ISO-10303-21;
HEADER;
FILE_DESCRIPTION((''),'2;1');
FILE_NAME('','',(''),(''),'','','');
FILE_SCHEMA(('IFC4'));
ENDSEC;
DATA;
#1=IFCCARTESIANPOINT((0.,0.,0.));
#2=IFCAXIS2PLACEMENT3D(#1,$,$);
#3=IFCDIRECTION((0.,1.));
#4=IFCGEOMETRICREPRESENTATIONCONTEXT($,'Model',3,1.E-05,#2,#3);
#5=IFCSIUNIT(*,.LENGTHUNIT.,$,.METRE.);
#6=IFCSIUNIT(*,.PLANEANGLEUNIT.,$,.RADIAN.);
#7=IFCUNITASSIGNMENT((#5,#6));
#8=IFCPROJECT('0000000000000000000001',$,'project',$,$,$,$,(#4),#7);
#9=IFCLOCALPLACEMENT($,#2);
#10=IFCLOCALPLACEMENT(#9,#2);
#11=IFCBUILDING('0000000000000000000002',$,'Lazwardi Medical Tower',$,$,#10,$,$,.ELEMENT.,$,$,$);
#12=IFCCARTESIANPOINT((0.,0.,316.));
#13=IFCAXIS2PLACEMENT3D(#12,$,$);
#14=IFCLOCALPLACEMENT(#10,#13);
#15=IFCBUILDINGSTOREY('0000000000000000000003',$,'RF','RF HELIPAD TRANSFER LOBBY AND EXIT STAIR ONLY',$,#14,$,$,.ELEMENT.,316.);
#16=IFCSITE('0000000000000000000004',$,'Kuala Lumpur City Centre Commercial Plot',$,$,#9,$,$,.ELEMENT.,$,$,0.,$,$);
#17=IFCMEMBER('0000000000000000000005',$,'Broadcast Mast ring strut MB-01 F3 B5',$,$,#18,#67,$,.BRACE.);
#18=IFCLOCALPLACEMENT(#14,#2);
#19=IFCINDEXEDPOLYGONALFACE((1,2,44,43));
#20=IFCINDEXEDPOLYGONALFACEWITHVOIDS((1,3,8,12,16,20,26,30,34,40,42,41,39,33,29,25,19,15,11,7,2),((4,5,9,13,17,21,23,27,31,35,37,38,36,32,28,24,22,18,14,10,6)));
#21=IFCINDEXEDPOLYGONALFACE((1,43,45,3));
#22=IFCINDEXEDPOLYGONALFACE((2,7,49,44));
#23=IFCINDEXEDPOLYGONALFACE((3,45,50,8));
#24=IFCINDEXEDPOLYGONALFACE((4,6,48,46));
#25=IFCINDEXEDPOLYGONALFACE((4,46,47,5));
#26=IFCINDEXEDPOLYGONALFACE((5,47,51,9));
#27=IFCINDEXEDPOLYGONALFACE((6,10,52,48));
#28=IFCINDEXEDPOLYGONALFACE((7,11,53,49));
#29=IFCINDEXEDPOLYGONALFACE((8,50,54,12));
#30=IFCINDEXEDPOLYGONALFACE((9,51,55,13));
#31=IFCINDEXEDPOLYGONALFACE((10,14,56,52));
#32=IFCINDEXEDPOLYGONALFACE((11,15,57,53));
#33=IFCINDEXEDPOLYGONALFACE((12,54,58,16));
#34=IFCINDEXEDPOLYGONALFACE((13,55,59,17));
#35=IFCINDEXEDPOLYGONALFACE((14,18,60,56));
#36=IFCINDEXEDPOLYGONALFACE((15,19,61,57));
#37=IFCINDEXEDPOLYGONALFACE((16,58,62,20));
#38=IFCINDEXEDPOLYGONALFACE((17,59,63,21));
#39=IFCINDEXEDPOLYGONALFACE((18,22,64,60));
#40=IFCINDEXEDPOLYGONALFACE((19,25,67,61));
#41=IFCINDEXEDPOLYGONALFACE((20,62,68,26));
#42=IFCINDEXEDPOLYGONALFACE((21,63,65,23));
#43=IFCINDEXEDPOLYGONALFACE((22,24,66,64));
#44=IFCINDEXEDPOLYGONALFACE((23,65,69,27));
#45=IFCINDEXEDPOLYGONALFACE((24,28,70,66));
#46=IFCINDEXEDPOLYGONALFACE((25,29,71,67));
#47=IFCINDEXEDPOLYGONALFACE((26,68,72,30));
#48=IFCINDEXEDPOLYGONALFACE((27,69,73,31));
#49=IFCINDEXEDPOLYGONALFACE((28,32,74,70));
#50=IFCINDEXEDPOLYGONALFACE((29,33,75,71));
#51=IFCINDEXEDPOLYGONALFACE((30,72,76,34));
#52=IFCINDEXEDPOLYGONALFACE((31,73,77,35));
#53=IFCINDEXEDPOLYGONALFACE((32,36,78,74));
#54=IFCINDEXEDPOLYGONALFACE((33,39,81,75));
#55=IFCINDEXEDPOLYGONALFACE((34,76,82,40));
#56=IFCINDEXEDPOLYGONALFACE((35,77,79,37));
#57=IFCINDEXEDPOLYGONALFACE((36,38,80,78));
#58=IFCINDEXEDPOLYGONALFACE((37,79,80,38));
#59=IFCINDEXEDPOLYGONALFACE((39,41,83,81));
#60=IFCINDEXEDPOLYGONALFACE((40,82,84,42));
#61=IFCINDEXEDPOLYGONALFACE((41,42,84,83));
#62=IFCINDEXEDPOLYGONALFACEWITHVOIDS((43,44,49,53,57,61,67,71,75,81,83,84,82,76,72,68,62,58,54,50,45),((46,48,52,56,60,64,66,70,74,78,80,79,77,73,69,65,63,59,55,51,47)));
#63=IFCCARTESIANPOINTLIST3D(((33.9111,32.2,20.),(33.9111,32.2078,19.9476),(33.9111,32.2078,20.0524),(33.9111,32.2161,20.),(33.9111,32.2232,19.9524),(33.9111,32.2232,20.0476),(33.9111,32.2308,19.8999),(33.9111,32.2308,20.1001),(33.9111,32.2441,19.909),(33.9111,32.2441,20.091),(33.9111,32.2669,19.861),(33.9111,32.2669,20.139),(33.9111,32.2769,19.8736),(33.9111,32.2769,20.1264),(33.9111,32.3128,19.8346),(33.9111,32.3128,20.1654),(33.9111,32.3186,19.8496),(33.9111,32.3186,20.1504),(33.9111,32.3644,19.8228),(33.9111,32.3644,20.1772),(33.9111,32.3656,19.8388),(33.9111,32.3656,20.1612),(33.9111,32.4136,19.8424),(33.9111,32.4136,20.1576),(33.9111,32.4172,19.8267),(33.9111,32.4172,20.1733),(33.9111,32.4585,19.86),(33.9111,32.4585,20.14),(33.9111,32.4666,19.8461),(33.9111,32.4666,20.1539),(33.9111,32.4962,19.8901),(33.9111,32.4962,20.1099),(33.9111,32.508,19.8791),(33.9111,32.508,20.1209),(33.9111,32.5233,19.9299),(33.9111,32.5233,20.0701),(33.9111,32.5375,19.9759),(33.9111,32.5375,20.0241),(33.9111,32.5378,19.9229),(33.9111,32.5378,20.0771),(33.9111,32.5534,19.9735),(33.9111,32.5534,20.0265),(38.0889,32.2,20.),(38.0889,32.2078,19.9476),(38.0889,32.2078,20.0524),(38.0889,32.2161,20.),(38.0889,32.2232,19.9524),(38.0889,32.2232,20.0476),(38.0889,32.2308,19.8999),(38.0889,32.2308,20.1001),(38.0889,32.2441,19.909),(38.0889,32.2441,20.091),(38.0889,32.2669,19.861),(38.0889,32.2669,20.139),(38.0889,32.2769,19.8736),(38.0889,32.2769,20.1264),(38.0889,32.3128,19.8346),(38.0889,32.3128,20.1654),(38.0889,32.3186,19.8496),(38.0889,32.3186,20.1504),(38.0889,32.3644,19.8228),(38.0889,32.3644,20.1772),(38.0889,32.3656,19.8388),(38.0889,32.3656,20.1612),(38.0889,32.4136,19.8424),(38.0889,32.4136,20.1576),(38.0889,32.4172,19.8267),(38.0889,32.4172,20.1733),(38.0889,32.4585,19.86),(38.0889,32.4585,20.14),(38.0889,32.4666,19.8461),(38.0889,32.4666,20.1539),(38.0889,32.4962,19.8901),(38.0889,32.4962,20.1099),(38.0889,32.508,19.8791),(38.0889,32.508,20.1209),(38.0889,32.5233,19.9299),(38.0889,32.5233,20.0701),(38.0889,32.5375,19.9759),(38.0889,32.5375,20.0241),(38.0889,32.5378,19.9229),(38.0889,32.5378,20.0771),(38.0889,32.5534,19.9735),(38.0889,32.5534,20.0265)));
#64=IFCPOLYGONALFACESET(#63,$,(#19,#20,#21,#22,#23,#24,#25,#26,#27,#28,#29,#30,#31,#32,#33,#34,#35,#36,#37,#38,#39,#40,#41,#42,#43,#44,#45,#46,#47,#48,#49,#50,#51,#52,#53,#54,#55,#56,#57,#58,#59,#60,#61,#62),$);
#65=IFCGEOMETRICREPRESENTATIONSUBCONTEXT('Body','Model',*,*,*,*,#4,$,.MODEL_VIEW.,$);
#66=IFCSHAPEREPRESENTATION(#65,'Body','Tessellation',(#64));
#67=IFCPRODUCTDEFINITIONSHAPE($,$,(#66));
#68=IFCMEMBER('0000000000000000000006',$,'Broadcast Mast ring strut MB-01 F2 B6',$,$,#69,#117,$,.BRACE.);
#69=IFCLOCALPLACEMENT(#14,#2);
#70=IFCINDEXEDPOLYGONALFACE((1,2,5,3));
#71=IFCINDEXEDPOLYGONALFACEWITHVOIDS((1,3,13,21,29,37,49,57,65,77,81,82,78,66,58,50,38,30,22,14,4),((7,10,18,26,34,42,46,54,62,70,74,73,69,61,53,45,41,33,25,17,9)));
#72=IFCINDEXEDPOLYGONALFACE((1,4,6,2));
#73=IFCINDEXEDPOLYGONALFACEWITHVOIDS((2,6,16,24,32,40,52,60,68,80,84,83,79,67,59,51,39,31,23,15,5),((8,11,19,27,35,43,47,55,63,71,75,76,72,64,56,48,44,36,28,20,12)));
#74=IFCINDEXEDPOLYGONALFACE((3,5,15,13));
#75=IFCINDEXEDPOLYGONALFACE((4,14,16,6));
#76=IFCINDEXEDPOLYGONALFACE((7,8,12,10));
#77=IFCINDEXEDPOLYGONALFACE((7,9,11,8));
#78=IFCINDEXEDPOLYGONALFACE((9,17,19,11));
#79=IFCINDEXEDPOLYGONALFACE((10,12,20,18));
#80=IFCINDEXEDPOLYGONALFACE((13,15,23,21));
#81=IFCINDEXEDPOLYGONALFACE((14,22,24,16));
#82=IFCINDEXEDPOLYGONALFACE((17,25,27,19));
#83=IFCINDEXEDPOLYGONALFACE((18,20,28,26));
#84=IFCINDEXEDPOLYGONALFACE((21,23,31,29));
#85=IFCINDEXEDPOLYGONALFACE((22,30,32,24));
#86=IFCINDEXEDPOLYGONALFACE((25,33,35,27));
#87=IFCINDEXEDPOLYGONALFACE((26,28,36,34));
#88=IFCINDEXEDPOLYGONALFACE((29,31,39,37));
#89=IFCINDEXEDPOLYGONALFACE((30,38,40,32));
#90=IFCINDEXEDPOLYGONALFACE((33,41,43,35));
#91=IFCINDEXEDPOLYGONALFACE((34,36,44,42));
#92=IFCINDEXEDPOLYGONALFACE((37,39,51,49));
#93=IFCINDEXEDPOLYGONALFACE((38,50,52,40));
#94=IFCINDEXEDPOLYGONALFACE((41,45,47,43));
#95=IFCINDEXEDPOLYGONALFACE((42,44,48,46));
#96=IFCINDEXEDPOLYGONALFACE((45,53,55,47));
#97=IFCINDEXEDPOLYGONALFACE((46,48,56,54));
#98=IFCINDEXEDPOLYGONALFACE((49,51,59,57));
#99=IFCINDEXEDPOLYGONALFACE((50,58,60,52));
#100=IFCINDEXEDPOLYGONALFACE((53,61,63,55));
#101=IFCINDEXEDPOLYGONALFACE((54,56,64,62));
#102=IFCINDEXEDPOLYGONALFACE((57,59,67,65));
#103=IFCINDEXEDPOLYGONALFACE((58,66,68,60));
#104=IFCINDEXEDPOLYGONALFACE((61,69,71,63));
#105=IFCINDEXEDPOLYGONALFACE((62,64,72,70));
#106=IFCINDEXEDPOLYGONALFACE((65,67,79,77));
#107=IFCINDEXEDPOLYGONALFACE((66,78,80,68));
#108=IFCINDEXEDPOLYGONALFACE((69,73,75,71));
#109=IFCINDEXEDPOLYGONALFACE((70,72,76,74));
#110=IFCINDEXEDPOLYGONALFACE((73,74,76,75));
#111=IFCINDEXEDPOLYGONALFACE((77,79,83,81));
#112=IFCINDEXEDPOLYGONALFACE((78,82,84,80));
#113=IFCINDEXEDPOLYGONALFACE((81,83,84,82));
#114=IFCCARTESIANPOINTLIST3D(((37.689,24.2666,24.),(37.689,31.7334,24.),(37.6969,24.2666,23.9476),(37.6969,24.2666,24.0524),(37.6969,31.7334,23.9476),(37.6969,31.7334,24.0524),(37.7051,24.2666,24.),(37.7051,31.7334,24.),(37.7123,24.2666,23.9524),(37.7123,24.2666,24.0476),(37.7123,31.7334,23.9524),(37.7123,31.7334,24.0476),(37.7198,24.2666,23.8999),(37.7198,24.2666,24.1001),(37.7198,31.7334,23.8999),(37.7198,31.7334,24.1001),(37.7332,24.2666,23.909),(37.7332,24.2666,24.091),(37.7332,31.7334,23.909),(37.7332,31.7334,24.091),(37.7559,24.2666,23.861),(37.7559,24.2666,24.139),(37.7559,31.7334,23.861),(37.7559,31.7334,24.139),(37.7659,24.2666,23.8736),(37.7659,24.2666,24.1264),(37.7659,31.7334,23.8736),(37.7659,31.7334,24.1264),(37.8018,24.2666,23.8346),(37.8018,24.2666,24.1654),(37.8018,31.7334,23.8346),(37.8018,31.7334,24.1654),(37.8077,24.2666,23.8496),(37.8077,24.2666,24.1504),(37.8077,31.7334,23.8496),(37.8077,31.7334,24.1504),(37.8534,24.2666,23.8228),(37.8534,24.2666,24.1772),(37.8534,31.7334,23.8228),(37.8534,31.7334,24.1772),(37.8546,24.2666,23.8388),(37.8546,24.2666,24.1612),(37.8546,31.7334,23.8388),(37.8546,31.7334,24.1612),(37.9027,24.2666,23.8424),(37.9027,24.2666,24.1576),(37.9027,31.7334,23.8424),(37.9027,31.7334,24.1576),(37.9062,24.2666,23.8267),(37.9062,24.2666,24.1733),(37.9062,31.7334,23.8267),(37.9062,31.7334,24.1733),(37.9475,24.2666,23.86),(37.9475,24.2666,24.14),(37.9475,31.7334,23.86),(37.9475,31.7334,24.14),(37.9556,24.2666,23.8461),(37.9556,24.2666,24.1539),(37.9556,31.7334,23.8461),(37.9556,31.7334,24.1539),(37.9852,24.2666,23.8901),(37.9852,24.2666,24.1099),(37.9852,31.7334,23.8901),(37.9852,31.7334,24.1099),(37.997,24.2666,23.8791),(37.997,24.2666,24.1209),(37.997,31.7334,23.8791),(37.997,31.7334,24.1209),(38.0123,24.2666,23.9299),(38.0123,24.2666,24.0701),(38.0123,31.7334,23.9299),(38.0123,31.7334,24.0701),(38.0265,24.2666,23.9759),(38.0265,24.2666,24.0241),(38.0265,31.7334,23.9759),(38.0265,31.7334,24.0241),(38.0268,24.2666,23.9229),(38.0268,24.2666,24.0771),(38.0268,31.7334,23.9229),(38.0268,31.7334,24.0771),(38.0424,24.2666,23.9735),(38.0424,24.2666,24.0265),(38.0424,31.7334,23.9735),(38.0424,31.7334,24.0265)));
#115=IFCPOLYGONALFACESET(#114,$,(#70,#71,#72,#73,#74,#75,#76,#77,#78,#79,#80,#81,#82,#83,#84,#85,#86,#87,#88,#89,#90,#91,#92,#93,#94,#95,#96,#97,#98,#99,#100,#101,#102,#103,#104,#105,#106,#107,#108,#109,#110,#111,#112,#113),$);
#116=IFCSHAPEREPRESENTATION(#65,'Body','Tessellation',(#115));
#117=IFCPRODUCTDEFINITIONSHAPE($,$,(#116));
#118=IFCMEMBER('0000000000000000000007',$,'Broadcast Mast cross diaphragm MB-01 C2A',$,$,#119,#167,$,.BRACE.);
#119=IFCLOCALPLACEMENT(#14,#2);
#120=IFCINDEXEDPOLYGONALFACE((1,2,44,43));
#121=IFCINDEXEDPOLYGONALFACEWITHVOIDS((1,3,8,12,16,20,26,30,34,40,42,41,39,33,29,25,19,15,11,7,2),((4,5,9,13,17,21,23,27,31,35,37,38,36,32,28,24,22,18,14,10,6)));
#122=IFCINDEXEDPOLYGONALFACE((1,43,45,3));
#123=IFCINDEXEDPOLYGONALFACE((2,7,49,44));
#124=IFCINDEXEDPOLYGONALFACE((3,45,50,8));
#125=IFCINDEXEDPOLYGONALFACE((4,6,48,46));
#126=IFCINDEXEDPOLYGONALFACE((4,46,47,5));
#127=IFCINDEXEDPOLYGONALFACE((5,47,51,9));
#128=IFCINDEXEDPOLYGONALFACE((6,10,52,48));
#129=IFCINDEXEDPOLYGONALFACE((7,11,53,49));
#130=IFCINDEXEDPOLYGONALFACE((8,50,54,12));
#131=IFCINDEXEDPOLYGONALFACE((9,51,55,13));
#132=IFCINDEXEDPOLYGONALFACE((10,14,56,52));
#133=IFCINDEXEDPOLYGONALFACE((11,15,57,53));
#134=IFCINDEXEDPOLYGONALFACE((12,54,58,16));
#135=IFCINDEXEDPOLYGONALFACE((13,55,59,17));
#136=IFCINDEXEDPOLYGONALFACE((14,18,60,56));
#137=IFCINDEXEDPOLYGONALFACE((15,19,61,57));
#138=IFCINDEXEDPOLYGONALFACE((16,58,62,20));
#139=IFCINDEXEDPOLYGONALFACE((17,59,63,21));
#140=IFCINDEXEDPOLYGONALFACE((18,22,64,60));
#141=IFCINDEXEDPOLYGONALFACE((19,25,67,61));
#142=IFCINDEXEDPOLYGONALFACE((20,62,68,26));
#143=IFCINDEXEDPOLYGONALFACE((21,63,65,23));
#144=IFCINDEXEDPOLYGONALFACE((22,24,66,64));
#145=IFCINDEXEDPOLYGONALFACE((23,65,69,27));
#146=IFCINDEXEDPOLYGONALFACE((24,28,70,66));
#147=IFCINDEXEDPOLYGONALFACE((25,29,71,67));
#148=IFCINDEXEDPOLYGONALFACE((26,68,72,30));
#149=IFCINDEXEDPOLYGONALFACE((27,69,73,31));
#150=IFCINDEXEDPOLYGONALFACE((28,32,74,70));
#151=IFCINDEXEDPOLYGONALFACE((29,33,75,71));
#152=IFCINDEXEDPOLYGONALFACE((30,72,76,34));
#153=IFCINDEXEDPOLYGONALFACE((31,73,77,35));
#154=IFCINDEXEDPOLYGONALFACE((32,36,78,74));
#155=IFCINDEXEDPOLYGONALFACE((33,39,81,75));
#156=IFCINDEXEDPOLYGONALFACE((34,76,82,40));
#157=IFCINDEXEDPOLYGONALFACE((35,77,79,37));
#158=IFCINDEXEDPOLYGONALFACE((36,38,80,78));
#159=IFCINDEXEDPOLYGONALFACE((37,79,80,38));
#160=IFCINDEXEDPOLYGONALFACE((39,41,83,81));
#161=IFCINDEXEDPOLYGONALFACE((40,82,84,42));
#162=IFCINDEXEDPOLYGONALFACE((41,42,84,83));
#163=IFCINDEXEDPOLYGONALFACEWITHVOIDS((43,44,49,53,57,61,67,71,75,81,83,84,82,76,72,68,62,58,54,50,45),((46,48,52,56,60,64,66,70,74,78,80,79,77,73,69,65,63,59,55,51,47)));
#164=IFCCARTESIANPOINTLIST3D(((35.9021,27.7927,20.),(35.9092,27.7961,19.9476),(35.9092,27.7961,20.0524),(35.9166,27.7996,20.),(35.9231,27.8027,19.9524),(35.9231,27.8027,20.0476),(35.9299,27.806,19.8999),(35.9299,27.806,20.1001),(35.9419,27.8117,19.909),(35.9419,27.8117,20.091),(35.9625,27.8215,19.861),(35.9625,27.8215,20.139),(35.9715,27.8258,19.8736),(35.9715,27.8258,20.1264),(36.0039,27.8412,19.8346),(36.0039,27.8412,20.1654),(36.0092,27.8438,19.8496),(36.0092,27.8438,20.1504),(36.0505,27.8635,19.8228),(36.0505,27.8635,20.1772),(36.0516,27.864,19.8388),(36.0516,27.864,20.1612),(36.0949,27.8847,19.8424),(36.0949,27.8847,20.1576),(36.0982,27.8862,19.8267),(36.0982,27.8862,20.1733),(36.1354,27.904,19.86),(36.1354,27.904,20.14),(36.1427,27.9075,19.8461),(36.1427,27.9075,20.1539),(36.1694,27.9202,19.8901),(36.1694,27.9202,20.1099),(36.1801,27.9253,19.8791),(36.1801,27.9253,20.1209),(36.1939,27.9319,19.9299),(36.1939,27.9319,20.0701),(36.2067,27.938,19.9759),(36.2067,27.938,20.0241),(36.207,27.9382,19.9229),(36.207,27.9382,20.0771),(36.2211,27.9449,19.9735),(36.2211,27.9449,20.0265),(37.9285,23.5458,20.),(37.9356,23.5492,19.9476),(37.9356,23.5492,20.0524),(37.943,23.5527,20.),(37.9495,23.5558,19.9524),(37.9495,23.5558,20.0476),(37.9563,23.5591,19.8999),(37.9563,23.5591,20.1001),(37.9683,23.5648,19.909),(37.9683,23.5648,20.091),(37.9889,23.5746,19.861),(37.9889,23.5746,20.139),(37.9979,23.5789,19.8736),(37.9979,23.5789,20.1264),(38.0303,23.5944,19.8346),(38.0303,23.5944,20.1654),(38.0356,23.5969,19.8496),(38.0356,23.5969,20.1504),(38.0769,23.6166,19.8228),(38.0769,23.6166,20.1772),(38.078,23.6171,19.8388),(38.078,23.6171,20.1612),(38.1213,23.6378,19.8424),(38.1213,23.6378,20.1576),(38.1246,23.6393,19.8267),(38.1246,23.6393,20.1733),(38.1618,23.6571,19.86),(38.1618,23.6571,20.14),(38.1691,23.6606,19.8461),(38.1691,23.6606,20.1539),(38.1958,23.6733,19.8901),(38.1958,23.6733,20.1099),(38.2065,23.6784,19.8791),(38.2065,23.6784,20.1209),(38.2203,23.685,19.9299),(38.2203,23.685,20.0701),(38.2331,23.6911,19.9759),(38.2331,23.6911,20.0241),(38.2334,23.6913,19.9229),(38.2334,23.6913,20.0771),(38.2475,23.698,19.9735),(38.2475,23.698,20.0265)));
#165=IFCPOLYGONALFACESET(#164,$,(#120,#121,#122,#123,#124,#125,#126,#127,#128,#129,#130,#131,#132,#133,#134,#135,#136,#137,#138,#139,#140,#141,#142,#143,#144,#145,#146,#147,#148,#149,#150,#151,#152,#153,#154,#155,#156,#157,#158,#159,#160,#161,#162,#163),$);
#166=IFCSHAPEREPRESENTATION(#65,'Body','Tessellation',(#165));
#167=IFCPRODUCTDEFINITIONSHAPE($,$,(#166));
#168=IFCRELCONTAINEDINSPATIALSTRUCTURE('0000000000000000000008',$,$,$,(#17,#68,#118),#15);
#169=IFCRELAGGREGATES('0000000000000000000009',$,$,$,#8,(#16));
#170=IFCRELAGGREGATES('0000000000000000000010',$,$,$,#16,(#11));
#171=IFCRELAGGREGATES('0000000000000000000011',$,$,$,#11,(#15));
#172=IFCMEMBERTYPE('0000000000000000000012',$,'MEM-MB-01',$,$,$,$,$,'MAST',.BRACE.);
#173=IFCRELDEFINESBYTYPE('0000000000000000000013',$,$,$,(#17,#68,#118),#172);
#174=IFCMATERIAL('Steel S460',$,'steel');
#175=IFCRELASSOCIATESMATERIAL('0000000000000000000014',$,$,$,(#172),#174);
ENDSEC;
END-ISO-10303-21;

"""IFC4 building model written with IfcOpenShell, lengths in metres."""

from ifc_helpers import new_model, si_unit, direction, frame, origin, origin_2d, place, context, subcontext, project, spatial, hollow_circle, extrude, material, material_profile, profile_set, type_object, element, save


model = new_model("IFC4")

# Units and contexts
model_context = context("Model", 3, precision=1e-05, world=origin(), true_north=direction((0.0, 1.0)))
body_context = subcontext(model_context, "Body", "Model", "MODEL_VIEW")
ifc_project = project(units=[si_unit("LENGTHUNIT", "METRE"), si_unit("PLANEANGLEUNIT", "RADIAN")], contexts=[model_context])

# Site, building, storey
site_placement = place(None, origin())
site = spatial("IfcSite", under=ifc_project, at=site_placement, Name="Kuala Lumpur City Centre Commercial Plot", CompositionType="ELEMENT", RefElevation=0.0)
building_placement = place(site_placement, origin())
building = spatial("IfcBuilding", under=site, at=building_placement, Name="Lazwardi Medical Tower", CompositionType="ELEMENT")
storey_placement = place(building_placement, frame((0.0, 0.0, 316.0)))
storey = spatial("IfcBuildingStorey", under=building, at=storey_placement, Name="RF", Description="RF HELIPAD TRANSFER LOBBY AND EXIT STAIR ONLY", CompositionType="ELEMENT", Elevation=316.0)

# Members
ifc_material = material(Name="Steel S460", Category="steel")
ifc_material_profile_1 = material_profile(ifc_material, hollow_circle(Radius=0.1777, WallThickness=0.0161, at=origin_2d()), Name="CHS 355.6x16")
ifc_profile_set_1 = profile_set([ifc_material_profile_1], Name="Steel S460")
member_type_1 = type_object("IfcMemberType", Name="MEM-MB-01", ElementType="MAST", PredefinedType="BRACE", material=ifc_profile_set_1)
member_1_placement = place(storey_placement, frame((38.0889, 32.3777, 20.0), z_axis=(-1.0, 0.0, 0.0), x_axis=(0.0, -1.0, 0.0)))
element("IfcMember", 1, at=member_1_placement, inside=storey, type_object=member_type_1, Name="Broadcast Mast ring strut MB-01 F3 B5", PredefinedType="BRACE", context=body_context, shape_type="SweptSolid", body=[
    extrude(hollow_circle(Radius=0.1777, WallThickness=0.0161, at=origin_2d()), origin(), (0.0, 0.0, 1.0), 4.1777),
])
member_2_placement = place(storey_placement, frame((37.8667, 24.2666, 24.0), z_axis=(0.0, 1.0, 0.0), x_axis=(-1.0, 0.0, 0.0)))
element("IfcMember", 2, at=member_2_placement, inside=storey, type_object=member_type_1, Name="Broadcast Mast ring strut MB-01 F2 B6", PredefinedType="BRACE", context=body_context, shape_type="SweptSolid", body=[
    extrude(hollow_circle(Radius=0.1777, WallThickness=0.0161, at=origin_2d()), origin(), (0.0, 0.0, 1.0), 7.4668),
])
member_3_placement = place(storey_placement, frame((38.0889, 23.6223, 20.0), z_axis=(-0.430638, 0.902525, 0.0), x_axis=(-0.902525, -0.430638, 0.0)))
element("IfcMember", 3, at=member_3_placement, inside=storey, type_object=member_type_1, Name="Broadcast Mast cross diaphragm MB-01 C2A", PredefinedType="BRACE", context=body_context, shape_type="SweptSolid", body=[
    extrude(hollow_circle(Radius=0.1777, WallThickness=0.0161, at=origin_2d()), origin(), (0.0, 0.0, 1.0), 4.7056),
])

save(model, "model.ifc")
